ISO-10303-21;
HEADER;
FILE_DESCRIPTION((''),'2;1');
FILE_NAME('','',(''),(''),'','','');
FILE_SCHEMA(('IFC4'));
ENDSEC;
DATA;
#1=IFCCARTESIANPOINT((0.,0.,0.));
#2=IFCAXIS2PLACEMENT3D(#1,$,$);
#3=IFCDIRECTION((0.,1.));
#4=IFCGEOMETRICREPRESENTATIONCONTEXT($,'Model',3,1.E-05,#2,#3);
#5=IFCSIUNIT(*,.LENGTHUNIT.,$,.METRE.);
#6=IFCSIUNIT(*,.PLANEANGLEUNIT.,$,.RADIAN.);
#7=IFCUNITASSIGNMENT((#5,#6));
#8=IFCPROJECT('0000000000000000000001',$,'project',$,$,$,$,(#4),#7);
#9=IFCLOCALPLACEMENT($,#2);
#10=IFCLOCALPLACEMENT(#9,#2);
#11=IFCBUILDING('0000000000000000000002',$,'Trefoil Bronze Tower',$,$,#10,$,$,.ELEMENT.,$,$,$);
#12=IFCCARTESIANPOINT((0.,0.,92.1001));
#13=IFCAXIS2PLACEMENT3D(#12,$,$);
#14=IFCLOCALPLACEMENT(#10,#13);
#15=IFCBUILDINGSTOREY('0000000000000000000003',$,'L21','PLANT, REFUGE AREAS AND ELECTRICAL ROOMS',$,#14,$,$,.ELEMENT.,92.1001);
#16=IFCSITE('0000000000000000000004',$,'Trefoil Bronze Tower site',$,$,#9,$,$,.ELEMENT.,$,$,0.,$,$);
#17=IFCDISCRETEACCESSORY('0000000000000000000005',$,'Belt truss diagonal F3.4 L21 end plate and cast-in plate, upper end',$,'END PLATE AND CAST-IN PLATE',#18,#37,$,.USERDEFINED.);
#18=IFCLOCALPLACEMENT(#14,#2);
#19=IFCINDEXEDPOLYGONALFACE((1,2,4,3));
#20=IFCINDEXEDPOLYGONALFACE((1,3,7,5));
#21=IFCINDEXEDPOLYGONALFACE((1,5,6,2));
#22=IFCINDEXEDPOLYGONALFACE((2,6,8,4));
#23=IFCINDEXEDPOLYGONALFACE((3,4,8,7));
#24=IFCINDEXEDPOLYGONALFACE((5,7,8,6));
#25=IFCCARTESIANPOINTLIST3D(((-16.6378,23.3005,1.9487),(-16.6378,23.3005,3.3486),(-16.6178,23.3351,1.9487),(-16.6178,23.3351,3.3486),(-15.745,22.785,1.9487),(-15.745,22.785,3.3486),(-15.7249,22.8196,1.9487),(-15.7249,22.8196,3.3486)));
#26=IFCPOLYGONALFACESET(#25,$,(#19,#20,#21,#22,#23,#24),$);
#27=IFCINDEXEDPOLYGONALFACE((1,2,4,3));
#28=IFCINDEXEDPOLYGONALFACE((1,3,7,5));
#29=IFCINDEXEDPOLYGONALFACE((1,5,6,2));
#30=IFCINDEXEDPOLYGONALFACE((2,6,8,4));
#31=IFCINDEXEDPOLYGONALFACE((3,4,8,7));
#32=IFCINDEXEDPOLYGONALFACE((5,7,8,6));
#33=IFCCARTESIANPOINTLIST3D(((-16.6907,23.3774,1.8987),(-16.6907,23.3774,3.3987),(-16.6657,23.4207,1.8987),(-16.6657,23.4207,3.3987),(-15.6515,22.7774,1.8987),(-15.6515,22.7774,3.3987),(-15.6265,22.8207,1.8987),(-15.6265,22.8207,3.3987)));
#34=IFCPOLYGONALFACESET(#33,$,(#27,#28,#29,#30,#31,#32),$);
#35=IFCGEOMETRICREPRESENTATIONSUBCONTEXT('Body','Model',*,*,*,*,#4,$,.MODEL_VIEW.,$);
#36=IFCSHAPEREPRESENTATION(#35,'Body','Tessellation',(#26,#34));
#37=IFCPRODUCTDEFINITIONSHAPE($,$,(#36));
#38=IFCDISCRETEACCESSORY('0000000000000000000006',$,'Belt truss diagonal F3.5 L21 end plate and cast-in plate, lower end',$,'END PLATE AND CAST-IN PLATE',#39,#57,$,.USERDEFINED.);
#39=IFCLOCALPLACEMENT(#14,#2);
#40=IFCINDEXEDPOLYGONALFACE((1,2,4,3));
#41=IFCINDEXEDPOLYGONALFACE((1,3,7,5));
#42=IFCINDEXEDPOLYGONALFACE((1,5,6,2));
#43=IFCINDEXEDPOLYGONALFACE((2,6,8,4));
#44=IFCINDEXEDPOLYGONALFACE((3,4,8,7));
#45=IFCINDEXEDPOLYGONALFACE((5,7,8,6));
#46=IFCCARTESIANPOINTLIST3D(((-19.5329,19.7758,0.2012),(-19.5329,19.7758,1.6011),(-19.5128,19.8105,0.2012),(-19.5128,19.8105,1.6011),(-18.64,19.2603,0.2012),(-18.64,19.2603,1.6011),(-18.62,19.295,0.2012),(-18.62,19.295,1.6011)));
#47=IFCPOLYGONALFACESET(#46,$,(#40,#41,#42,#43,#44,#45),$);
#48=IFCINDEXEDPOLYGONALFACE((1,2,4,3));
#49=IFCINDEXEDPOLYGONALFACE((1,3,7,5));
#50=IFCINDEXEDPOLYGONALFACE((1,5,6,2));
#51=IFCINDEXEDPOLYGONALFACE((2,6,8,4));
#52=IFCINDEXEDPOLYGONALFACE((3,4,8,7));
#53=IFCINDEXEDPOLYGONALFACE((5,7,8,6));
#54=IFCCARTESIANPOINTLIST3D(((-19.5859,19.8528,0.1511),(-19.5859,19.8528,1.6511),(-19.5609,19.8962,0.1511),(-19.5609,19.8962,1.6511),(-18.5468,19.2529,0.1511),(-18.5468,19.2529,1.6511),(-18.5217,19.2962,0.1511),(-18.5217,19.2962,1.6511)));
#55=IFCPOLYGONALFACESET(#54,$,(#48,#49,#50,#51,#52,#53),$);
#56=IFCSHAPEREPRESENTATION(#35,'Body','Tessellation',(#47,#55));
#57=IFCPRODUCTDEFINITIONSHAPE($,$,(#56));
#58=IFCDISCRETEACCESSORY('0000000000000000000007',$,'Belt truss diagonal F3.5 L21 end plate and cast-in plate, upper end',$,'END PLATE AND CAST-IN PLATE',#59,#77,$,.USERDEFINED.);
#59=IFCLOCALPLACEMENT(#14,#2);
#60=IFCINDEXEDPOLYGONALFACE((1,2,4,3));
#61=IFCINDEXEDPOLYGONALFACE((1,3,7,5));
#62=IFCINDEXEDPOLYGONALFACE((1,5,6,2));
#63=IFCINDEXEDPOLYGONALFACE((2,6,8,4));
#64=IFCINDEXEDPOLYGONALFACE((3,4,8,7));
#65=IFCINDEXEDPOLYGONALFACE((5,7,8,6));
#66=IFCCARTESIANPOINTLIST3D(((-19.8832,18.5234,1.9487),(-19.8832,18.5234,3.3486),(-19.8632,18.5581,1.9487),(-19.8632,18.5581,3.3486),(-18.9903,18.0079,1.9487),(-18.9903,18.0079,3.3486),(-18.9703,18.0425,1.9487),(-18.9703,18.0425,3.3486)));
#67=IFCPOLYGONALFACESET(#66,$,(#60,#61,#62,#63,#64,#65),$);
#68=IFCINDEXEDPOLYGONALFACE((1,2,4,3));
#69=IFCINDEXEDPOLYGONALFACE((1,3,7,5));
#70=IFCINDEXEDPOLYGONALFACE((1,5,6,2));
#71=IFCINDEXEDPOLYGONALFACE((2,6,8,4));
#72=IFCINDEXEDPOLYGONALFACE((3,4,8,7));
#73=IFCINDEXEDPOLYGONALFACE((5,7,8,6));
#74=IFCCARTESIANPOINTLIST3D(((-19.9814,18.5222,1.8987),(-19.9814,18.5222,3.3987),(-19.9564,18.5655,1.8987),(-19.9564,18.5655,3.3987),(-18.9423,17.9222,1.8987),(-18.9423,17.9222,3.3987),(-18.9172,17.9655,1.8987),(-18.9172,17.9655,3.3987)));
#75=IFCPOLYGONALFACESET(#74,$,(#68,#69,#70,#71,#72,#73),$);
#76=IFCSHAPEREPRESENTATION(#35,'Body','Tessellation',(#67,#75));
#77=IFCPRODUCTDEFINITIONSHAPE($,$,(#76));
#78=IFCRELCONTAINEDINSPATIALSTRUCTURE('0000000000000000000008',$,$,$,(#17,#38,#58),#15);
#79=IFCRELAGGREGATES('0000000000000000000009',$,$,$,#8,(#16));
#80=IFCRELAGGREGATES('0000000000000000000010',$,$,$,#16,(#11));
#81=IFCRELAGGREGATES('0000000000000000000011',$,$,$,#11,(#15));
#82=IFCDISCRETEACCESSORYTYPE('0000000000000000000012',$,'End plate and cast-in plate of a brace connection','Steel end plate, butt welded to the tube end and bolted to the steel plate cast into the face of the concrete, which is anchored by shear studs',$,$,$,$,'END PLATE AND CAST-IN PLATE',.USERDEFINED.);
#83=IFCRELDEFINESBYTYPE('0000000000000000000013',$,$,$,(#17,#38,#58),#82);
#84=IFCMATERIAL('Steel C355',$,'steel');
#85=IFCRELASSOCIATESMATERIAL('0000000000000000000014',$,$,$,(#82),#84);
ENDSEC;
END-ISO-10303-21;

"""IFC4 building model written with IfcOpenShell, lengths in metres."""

from ifc_helpers import new_model, si_unit, direction, frame, origin, origin_2d, place, context, subcontext, project, spatial, rectangle, extrude, material, type_object, element, save


model = new_model("IFC4")

# Units and contexts
model_context = context("Model", 3, precision=1e-05, world=origin(), true_north=direction((0.0, 1.0)))
body_context = subcontext(model_context, "Body", "Model", "MODEL_VIEW")
ifc_project = project(units=[si_unit("LENGTHUNIT", "METRE"), si_unit("PLANEANGLEUNIT", "RADIAN")], contexts=[model_context])

# Site, building, storey
site_placement = place(None, origin())
site = spatial("IfcSite", under=ifc_project, at=site_placement, Name="Trefoil Bronze Tower site", CompositionType="ELEMENT", RefElevation=0.0)
building_placement = place(site_placement, origin())
building = spatial("IfcBuilding", under=site, at=building_placement, Name="Trefoil Bronze Tower", CompositionType="ELEMENT")
storey_placement = place(building_placement, frame((0.0, 0.0, 92.1001)))
storey = spatial("IfcBuildingStorey", under=building, at=storey_placement, Name="L21", Description="PLANT, REFUGE AREAS AND ELECTRICAL ROOMS", CompositionType="ELEMENT", Elevation=92.1001)

# Discrete accessories
ifc_material_1 = material(Name="Steel C355", Category="steel")
discrete_accessory_type = type_object("IfcDiscreteAccessoryType", Name="End plate and cast-in plate of a brace connection", Description="Steel end plate, butt welded to the tube end and bolted to the steel plate cast into the face of the concrete, which is anchored by shear studs", ElementType="END PLATE AND CAST-IN PLATE", PredefinedType="USERDEFINED", material=ifc_material_1)
discrete_accessory_1_placement = place(storey_placement, frame((-16.1714, 23.0774, 2.6487), z_axis=(0.0, 0.0, 1.0), x_axis=(-0.5, -0.866025, 0.0)))
element("IfcDiscreteAccessory", 1, at=discrete_accessory_1_placement, inside=storey, type_object=discrete_accessory_type, Name="Belt truss diagonal F3.4 L21 end plate and cast-in plate, upper end", ObjectType="END PLATE AND CAST-IN PLATE", PredefinedType="USERDEFINED", context=body_context, shape_type="SweptSolid", body=[
    extrude(rectangle(XDim=0.04, YDim=1.031, at=origin_2d()), frame((0.02, 0.0, -0.7)), (0.0, 0.0, 1.0), 1.3999),
    extrude(rectangle(XDim=0.05, YDim=1.2, at=origin_2d()), frame((-0.0251, 0.0002, -0.75)), (0.0, 0.0, 1.0), 1.5),
])
for number, where, z_axis, x_axis, name in (
    (2, (-19.0664, 19.5527, 0.9011), (0.0, 0.0, 1.0), (-0.5, -0.866025, 0.0), "Belt truss diagonal F3.5 L21 end plate and cast-in plate, lower end"),
    (3, (-19.4368, 18.2656, 2.6487), (0.0, 0.0, 1.0), (0.5, 0.866025, 0.0), "Belt truss diagonal F3.5 L21 end plate and cast-in plate, upper end"),
):
    element("IfcDiscreteAccessory", number, at=place(storey_placement, frame(where, z_axis=z_axis, x_axis=x_axis)), inside=storey, type_object=discrete_accessory_type, Name=name, ObjectType="END PLATE AND CAST-IN PLATE", PredefinedType="USERDEFINED", context=body_context, shape_type="SweptSolid", body=[
        extrude(rectangle(XDim=0.04, YDim=1.031, at=origin_2d()), frame((0.02, 0.0, -0.7)), (0.0, 0.0, 1.0), 1.3999),
        extrude(rectangle(XDim=0.05, YDim=1.2, at=origin_2d()), frame((-0.0251, 0.0, -0.75)), (0.0, 0.0, 1.0), 1.5),
    ])

save(model, "model.ifc")
